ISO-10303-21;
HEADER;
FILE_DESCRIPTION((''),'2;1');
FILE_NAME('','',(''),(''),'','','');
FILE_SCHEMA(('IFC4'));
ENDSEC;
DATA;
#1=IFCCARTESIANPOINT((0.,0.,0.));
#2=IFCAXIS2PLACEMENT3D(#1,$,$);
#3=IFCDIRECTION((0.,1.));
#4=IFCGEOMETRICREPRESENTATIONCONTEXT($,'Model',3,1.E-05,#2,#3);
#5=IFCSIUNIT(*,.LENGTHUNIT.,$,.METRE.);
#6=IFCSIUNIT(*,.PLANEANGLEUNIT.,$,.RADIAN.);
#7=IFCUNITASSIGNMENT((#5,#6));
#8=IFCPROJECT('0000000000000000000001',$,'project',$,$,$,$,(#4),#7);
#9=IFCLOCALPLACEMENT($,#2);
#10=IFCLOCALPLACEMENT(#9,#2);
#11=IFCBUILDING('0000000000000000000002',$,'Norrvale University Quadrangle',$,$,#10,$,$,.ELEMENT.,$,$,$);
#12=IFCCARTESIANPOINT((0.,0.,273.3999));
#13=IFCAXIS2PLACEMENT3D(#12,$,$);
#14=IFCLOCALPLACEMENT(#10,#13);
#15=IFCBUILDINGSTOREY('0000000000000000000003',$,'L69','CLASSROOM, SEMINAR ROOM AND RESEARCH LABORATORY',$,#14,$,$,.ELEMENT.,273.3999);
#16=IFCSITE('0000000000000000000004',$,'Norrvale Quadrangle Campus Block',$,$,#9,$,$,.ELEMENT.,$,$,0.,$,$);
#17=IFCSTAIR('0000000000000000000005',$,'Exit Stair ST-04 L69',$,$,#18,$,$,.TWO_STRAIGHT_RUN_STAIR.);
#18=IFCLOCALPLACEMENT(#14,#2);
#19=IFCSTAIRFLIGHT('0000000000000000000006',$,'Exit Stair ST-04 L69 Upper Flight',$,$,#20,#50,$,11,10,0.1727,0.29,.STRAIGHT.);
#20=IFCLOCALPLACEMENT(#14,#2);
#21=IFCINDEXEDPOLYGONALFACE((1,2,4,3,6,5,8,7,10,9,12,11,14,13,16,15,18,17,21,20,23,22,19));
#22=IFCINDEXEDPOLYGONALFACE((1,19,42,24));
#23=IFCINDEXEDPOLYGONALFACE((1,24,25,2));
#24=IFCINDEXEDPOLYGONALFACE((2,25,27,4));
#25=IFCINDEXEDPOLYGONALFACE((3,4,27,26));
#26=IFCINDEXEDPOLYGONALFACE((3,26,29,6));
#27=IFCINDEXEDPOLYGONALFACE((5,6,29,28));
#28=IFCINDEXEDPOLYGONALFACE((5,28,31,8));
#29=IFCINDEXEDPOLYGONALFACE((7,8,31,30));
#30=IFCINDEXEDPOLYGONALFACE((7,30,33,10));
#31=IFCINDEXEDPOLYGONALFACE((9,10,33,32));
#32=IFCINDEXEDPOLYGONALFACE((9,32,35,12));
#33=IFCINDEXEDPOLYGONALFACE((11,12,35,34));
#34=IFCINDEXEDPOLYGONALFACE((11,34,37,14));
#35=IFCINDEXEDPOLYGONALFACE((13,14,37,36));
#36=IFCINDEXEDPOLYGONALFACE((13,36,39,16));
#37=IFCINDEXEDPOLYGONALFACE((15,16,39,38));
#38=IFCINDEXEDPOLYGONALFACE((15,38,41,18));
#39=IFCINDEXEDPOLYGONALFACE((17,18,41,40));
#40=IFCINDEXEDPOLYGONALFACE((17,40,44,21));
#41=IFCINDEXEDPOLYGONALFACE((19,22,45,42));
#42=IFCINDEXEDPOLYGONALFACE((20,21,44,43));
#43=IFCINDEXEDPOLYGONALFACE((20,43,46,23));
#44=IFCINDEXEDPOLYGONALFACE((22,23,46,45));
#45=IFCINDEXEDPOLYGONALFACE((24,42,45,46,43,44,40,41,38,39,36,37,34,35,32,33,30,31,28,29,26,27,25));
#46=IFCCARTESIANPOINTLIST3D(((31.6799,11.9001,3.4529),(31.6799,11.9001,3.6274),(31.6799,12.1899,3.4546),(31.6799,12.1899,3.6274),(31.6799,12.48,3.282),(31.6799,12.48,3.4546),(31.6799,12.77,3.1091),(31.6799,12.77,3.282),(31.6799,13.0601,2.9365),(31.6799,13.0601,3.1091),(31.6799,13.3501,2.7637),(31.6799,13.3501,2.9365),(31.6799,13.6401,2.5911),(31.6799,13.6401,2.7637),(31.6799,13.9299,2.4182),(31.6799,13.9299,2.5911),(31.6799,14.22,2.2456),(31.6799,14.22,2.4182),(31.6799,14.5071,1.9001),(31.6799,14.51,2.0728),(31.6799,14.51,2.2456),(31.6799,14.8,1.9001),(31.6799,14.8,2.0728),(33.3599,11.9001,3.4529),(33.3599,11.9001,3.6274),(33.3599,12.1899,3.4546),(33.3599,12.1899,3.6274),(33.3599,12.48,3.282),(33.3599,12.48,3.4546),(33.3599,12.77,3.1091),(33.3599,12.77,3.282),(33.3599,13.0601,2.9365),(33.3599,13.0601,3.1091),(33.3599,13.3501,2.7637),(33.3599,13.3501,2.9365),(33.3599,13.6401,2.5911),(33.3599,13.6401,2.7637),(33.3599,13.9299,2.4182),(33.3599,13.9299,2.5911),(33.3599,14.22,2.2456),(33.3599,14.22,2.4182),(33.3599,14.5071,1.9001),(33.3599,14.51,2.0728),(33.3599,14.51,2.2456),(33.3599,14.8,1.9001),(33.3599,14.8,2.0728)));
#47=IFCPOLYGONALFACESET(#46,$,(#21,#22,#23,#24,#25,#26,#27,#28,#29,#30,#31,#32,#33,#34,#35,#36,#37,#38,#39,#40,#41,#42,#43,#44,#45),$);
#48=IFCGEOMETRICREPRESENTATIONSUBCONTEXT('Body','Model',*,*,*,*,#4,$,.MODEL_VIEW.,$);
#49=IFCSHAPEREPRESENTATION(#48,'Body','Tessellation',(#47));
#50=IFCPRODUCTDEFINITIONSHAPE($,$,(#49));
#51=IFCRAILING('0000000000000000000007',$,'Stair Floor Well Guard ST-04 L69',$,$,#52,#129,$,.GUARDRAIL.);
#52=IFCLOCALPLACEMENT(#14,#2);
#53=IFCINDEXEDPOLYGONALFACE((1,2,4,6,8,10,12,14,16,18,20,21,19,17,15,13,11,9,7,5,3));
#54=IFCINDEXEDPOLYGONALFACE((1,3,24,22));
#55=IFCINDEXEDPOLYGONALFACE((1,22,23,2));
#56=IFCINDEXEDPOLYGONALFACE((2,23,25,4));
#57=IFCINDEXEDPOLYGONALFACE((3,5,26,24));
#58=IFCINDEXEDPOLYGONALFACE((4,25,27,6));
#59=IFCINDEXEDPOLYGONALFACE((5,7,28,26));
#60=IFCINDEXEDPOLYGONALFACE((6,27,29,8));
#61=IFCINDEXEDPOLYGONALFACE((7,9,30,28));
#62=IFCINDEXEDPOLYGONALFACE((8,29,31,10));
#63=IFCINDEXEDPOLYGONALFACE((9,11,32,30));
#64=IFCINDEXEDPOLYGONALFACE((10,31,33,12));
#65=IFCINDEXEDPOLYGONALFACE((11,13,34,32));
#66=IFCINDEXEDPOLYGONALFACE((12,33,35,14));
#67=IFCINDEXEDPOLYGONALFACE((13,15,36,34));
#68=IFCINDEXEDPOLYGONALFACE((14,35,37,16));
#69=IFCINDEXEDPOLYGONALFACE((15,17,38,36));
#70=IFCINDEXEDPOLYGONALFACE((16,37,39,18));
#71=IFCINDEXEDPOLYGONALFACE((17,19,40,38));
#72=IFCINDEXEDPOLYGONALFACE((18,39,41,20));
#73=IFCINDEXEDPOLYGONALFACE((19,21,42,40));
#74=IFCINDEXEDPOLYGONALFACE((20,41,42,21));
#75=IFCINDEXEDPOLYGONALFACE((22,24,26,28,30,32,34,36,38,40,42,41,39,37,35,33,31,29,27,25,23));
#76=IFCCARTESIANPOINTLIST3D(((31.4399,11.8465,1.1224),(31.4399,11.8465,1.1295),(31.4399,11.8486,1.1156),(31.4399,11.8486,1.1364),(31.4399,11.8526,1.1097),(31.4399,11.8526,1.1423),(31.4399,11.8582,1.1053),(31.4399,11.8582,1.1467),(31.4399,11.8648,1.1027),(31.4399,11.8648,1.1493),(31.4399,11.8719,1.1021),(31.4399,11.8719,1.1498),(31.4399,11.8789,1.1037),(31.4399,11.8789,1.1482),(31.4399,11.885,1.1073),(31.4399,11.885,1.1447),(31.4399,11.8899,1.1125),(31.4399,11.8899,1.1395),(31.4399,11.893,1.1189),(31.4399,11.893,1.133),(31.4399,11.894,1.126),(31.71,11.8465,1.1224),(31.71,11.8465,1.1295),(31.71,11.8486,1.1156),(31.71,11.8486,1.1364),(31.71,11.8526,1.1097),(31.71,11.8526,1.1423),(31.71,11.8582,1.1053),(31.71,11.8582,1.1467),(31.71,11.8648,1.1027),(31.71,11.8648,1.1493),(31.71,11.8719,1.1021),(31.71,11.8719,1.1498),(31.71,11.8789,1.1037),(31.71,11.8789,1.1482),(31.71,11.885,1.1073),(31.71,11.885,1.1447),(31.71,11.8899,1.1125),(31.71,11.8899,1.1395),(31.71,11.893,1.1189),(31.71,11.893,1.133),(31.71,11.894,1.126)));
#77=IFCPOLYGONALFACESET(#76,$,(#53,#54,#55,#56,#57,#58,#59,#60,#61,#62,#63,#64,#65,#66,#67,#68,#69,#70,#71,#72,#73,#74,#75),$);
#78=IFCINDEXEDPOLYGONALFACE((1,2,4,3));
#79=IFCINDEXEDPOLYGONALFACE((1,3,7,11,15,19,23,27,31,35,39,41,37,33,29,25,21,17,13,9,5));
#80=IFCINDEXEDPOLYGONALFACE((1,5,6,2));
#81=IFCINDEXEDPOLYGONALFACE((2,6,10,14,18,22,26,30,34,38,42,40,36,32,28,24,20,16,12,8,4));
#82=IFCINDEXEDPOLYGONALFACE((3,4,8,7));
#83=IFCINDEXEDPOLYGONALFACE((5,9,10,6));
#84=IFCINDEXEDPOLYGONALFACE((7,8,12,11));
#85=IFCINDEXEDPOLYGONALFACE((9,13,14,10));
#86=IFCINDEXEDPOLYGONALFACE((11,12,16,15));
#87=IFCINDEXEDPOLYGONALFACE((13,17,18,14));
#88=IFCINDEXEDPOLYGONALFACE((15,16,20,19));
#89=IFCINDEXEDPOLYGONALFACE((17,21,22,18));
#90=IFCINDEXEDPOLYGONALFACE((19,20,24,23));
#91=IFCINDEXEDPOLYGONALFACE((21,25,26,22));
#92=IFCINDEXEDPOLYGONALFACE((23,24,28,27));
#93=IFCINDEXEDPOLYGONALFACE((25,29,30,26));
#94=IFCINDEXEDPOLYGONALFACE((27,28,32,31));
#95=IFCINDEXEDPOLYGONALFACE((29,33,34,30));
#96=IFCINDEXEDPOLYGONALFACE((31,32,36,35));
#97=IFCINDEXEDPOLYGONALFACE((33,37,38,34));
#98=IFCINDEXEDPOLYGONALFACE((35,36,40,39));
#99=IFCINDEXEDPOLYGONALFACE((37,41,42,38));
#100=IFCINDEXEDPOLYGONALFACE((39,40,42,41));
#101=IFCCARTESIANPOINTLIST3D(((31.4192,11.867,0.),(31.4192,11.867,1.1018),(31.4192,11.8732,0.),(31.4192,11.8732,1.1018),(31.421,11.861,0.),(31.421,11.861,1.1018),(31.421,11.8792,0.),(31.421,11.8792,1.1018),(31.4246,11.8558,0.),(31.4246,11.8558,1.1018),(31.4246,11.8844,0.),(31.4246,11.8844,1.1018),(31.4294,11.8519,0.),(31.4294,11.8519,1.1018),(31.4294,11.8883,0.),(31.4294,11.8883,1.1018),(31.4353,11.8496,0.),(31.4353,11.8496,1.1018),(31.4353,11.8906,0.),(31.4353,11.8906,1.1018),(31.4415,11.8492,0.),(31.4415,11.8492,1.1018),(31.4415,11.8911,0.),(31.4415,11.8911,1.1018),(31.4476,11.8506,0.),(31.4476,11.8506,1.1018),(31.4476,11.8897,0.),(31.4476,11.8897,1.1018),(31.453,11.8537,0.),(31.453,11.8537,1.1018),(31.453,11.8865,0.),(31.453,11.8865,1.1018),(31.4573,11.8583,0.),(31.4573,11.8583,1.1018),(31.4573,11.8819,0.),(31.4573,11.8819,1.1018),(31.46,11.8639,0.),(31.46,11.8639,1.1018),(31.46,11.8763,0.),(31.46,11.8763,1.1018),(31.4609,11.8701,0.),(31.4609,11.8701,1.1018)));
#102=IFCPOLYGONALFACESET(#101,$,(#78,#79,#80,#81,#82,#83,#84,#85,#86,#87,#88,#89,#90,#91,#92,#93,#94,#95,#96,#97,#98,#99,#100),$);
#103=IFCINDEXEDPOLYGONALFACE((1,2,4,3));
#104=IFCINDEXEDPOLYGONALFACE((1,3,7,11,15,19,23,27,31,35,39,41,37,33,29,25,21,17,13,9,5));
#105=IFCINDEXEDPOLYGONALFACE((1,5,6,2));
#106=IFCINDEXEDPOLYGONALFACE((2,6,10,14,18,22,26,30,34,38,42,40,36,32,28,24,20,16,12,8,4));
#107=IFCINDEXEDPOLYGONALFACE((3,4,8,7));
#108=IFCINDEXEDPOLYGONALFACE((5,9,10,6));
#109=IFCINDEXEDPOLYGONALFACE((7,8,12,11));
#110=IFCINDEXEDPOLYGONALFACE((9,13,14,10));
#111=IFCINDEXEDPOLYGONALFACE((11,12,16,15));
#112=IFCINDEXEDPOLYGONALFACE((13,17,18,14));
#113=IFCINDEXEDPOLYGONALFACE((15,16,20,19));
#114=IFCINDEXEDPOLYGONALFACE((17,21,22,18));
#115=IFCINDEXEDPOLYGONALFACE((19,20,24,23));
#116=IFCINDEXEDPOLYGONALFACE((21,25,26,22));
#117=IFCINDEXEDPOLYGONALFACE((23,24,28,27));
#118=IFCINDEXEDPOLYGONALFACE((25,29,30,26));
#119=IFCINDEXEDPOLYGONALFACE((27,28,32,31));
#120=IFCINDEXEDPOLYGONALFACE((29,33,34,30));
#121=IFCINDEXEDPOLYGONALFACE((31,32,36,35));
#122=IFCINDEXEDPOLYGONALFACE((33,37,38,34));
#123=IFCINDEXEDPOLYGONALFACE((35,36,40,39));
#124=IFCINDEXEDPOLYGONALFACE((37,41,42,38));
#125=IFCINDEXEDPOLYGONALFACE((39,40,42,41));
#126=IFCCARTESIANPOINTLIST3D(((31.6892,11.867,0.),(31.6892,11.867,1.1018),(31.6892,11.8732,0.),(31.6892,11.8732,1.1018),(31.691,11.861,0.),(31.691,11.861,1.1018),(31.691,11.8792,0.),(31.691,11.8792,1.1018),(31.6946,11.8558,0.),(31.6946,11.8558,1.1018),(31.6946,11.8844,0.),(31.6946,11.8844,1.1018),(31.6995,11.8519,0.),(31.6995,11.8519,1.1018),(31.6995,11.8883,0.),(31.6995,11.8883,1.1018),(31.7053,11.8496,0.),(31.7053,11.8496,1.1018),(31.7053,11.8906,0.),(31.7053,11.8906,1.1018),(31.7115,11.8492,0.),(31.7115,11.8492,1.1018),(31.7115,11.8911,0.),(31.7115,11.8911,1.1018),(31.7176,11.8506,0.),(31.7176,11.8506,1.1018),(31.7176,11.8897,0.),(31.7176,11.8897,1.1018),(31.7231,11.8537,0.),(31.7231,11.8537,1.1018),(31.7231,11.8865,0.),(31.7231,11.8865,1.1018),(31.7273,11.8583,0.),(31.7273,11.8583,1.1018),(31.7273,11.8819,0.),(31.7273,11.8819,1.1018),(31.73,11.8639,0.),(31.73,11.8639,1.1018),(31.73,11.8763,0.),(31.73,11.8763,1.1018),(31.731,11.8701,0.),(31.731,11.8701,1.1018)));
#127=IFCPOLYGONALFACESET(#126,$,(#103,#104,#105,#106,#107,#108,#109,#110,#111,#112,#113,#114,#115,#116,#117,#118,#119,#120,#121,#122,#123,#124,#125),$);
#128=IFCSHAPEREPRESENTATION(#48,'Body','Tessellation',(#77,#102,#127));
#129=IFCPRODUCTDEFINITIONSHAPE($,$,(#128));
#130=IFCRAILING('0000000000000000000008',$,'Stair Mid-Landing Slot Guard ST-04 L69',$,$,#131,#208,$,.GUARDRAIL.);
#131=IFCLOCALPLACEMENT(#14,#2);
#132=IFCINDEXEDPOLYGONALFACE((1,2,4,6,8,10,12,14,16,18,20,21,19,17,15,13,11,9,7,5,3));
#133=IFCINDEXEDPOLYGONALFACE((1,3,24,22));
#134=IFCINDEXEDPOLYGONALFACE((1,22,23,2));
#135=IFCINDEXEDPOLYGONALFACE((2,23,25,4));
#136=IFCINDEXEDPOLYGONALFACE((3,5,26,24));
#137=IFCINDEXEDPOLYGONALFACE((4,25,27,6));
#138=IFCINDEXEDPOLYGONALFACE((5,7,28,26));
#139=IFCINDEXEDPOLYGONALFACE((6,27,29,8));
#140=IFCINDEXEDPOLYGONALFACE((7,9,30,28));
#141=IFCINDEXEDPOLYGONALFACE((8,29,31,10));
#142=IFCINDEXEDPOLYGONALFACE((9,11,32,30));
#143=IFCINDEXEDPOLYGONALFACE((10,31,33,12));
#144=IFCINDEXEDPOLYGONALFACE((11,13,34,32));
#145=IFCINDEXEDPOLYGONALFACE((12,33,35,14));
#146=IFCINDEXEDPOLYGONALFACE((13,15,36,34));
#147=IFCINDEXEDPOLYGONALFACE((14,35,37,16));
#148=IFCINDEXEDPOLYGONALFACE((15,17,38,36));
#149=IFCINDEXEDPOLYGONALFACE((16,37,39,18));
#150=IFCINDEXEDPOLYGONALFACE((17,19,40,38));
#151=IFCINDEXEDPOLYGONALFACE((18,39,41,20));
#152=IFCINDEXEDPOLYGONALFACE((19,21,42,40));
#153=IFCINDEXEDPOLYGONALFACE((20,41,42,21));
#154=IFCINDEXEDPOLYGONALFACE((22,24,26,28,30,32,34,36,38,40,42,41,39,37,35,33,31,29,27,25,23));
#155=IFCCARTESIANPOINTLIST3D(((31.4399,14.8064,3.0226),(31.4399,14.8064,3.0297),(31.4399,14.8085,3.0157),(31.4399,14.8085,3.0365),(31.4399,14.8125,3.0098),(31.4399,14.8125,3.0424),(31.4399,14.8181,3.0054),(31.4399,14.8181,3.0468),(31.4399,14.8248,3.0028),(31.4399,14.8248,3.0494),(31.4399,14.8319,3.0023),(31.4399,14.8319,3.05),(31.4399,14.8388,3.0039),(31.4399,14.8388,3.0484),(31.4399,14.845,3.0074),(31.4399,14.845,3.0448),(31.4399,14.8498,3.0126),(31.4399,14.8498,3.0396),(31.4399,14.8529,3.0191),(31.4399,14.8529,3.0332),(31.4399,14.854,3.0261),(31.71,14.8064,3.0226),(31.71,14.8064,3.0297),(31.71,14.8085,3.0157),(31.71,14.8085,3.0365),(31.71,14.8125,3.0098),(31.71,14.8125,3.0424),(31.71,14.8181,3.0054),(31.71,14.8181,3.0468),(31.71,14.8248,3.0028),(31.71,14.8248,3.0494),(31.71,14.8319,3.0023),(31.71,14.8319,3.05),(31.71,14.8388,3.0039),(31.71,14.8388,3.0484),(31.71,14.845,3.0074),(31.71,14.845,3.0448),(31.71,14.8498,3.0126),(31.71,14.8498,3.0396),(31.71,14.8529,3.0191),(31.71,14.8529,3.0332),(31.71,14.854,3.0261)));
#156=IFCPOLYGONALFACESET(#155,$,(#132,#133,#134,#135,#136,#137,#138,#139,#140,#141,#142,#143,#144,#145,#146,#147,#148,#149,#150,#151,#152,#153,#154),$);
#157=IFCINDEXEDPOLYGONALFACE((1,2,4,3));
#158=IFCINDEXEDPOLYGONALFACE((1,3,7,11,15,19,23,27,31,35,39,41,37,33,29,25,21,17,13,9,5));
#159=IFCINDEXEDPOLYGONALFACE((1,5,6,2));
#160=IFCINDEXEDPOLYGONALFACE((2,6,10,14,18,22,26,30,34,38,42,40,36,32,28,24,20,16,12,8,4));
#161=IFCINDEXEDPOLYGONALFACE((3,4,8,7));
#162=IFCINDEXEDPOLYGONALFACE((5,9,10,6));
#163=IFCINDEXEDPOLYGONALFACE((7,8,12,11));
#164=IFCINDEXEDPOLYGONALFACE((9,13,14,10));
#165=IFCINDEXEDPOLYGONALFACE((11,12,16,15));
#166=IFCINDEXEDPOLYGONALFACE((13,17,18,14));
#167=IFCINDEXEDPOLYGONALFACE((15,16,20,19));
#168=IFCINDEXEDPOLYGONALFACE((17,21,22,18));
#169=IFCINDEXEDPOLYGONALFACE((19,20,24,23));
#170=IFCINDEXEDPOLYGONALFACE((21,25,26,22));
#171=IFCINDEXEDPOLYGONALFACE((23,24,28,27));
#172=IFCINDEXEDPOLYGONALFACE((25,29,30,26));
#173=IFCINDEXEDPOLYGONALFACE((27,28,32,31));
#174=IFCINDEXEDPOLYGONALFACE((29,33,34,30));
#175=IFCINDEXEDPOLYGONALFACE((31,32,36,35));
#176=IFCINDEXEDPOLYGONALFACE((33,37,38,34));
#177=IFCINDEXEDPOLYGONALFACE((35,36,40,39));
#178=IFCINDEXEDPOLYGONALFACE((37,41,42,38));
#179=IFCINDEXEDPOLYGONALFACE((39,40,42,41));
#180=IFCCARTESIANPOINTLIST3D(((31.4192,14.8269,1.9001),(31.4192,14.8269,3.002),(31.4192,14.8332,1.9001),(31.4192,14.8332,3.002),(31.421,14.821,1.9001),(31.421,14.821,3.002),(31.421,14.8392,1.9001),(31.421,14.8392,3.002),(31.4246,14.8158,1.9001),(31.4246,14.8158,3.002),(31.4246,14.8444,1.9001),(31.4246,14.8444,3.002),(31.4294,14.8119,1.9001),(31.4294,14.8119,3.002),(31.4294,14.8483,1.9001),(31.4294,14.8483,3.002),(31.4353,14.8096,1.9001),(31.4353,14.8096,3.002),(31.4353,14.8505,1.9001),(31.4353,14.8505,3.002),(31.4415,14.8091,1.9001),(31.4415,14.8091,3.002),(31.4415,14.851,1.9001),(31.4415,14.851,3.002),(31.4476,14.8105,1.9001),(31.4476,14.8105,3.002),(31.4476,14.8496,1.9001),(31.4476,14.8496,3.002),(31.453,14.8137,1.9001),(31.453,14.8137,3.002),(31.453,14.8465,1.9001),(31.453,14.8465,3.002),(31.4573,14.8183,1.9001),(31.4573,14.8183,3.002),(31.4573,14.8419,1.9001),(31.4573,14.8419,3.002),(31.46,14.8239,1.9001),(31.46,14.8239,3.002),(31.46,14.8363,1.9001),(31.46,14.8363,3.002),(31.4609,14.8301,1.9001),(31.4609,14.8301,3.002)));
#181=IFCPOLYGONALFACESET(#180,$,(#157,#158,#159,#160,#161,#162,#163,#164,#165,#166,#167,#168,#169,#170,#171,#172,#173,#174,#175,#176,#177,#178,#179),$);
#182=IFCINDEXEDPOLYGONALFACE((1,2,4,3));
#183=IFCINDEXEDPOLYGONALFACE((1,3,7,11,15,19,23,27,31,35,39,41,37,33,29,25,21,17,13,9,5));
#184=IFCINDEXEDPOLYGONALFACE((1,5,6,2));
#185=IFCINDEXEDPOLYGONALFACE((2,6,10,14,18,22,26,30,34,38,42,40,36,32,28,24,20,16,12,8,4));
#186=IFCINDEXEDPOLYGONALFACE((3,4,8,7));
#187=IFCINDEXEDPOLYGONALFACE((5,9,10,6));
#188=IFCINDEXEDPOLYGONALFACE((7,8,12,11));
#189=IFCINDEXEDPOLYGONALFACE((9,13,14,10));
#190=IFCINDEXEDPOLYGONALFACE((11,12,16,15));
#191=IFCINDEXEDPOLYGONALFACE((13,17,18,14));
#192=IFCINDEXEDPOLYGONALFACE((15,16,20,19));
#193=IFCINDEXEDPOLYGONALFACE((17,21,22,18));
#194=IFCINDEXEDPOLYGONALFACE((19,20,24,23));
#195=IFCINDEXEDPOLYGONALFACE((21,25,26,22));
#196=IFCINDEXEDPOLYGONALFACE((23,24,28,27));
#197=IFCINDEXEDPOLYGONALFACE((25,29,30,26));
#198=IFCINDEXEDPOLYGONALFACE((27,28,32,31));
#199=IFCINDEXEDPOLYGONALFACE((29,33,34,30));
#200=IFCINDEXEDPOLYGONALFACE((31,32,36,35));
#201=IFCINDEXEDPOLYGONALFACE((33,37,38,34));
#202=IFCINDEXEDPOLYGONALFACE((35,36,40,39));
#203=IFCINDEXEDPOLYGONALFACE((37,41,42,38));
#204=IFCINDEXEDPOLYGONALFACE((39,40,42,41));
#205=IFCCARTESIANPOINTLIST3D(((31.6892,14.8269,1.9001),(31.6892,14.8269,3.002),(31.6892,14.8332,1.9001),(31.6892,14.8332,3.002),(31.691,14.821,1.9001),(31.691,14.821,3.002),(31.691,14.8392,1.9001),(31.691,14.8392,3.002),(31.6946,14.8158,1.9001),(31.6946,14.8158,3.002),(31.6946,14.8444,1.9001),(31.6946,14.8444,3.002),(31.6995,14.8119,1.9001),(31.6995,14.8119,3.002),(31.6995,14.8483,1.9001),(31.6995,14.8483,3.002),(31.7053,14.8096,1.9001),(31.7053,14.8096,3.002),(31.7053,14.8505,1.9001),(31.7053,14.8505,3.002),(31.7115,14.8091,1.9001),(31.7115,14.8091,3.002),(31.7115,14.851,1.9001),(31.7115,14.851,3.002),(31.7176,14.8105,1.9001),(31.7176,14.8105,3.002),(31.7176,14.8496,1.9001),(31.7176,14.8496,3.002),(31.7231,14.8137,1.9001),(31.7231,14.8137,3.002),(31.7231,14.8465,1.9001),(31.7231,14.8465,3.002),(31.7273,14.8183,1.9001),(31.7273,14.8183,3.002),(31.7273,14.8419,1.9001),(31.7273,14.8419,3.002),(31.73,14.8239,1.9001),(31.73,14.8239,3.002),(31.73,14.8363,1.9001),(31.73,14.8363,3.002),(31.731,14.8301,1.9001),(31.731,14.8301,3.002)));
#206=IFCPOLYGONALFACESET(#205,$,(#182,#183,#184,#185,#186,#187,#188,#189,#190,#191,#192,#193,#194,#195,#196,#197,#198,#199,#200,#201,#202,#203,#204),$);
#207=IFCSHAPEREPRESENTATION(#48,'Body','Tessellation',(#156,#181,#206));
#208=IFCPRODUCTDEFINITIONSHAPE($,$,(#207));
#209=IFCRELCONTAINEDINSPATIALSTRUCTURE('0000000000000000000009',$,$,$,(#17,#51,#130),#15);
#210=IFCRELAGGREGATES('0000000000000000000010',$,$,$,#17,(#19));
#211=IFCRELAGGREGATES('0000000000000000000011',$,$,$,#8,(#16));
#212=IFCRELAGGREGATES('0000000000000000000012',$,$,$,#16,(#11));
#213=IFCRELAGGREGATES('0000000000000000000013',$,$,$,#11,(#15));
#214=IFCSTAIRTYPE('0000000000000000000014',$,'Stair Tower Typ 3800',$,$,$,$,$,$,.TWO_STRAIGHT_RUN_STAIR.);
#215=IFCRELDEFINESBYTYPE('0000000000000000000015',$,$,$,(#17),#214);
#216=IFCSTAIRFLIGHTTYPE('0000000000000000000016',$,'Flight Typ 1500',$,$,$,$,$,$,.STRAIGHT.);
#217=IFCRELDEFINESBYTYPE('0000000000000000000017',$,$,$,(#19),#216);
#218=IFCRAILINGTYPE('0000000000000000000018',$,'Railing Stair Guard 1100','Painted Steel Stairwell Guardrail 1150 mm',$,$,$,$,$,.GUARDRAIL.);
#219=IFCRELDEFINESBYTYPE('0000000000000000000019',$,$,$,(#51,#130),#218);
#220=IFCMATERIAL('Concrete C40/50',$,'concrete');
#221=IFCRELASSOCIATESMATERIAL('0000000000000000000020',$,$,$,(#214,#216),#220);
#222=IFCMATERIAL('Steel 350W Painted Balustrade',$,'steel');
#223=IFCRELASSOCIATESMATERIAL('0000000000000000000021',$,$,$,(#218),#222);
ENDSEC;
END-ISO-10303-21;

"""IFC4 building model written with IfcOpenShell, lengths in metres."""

from ifc_helpers import new_model, si_unit, direction, frame, origin, origin_2d, place, context, subcontext, project, spatial, polyline, circle, outline, extrude, material, type_object, element, aggregate, save


model = new_model("IFC4")

# Units and contexts
model_context = context("Model", 3, precision=1e-05, world=origin(), true_north=direction((0.0, 1.0)))
body_context = subcontext(model_context, "Body", "Model", "MODEL_VIEW")
ifc_project = project(units=[si_unit("LENGTHUNIT", "METRE"), si_unit("PLANEANGLEUNIT", "RADIAN")], contexts=[model_context])

# Site, building, storey
site_placement = place(None, origin())
site = spatial("IfcSite", under=ifc_project, at=site_placement, Name="Norrvale Quadrangle Campus Block", CompositionType="ELEMENT", RefElevation=0.0)
building_placement = place(site_placement, origin())
building = spatial("IfcBuilding", under=site, at=building_placement, Name="Norrvale University Quadrangle", CompositionType="ELEMENT")
storey_placement = place(building_placement, frame((0.0, 0.0, 273.3999)))
storey = spatial("IfcBuildingStorey", under=building, at=storey_placement, Name="L69", Description="CLASSROOM, SEMINAR ROOM AND RESEARCH LABORATORY", CompositionType="ELEMENT", Elevation=273.3999)

# Stair, stair flight
ifc_material_1 = material(Name="Concrete C40/50", Category="concrete")
stair_type = type_object("IfcStairType", Name="Stair Tower Typ 3800", PredefinedType="TWO_STRAIGHT_RUN_STAIR", material=ifc_material_1)
stair_placement = place(storey_placement, origin())
stair = element("IfcStair", 1, at=stair_placement, inside=storey, type_object=stair_type, Name="Exit Stair ST-04 L69", PredefinedType="TWO_STRAIGHT_RUN_STAIR")
stair_flight_type = type_object("IfcStairFlightType", Name="Flight Typ 1500", PredefinedType="STRAIGHT", material=ifc_material_1)
stair_flight_1_placement = place(storey_placement, frame((32.52, 14.8, 1.9001), z_axis=(0.0, 0.0, 1.0), x_axis=(0.0, -1.0, 0.0)))
stair_flight_1 = element("IfcStairFlight", 2, at=stair_flight_1_placement, type_object=stair_flight_type, Name="Exit Stair ST-04 L69 Upper Flight", NumberOfRisers=11, NumberOfTreads=10, PredefinedType="STRAIGHT", RiserHeight=0.1727, TreadLength=0.29, context=body_context, shape_type="SweptSolid", body=[
    extrude(outline(polyline([(0.0, 0.0), (0.0, 0.1726), (0.29, 0.1726), (0.29, 0.3455), (0.5801, 0.3455), (0.5801, 0.5181), (0.8701, 0.5181), (0.8701, 0.6909), (1.1599, 0.6909), (1.1599, 0.8635), (1.45, 0.8635), (1.45, 1.0364), (1.74, 1.0364), (1.74, 1.209), (2.03, 1.209), (2.03, 1.3818), (2.3201, 1.3818), (2.3201, 1.5544), (2.6101, 1.5544), (2.6101, 1.7273), (2.8999, 1.7273), (2.8999, 1.8999), (2.8999, 1.5527), (0.293, 0.0), (0.0, 0.0)])), frame((0.0, 0.8398, 0.0), z_axis=(0.0, -1.0, 0.0), x_axis=(1.0, 0.0, 0.0)), (0.0, 0.0, 1.0), 1.6799),
])
aggregate(stair, [stair_flight_1])

# Railings
ifc_material_2 = material(Name="Steel 350W Painted Balustrade", Category="steel")
railing_type_1 = type_object("IfcRailingType", Name="Railing Stair Guard 1100", Description="Painted Steel Stairwell Guardrail 1150 mm", PredefinedType="GUARDRAIL", material=ifc_material_2)
for number, where, name in (
    (3, (31.4399, 11.8701, 0.0), "Stair Floor Well Guard ST-04 L69"),
    (4, (31.4399, 14.8301, 1.9001), "Stair Mid-Landing Slot Guard ST-04 L69"),
):
    element("IfcRailing", number, at=place(storey_placement, frame(where)), inside=storey, type_object=railing_type_1, Name=name, PredefinedType="GUARDRAIL", context=body_context, shape_type="SweptSolid", body=[
        extrude(circle(Radius=0.0239, at=origin_2d()), frame((0.0, 0.0, 1.126), z_axis=(1.0, 0.0, 0.0), x_axis=(0.0, 1.0, 0.0)), (0.0, 0.0, 1.0), 0.27),
        extrude(circle(Radius=0.021, at=origin_2d()), origin(), (0.0, 0.0, 1.0), 1.1018),
        extrude(circle(Radius=0.021, at=origin_2d()), frame((0.27, 0.0, 0.0)), (0.0, 0.0, 1.0), 1.1018),
    ])

save(model, "model.ifc")
